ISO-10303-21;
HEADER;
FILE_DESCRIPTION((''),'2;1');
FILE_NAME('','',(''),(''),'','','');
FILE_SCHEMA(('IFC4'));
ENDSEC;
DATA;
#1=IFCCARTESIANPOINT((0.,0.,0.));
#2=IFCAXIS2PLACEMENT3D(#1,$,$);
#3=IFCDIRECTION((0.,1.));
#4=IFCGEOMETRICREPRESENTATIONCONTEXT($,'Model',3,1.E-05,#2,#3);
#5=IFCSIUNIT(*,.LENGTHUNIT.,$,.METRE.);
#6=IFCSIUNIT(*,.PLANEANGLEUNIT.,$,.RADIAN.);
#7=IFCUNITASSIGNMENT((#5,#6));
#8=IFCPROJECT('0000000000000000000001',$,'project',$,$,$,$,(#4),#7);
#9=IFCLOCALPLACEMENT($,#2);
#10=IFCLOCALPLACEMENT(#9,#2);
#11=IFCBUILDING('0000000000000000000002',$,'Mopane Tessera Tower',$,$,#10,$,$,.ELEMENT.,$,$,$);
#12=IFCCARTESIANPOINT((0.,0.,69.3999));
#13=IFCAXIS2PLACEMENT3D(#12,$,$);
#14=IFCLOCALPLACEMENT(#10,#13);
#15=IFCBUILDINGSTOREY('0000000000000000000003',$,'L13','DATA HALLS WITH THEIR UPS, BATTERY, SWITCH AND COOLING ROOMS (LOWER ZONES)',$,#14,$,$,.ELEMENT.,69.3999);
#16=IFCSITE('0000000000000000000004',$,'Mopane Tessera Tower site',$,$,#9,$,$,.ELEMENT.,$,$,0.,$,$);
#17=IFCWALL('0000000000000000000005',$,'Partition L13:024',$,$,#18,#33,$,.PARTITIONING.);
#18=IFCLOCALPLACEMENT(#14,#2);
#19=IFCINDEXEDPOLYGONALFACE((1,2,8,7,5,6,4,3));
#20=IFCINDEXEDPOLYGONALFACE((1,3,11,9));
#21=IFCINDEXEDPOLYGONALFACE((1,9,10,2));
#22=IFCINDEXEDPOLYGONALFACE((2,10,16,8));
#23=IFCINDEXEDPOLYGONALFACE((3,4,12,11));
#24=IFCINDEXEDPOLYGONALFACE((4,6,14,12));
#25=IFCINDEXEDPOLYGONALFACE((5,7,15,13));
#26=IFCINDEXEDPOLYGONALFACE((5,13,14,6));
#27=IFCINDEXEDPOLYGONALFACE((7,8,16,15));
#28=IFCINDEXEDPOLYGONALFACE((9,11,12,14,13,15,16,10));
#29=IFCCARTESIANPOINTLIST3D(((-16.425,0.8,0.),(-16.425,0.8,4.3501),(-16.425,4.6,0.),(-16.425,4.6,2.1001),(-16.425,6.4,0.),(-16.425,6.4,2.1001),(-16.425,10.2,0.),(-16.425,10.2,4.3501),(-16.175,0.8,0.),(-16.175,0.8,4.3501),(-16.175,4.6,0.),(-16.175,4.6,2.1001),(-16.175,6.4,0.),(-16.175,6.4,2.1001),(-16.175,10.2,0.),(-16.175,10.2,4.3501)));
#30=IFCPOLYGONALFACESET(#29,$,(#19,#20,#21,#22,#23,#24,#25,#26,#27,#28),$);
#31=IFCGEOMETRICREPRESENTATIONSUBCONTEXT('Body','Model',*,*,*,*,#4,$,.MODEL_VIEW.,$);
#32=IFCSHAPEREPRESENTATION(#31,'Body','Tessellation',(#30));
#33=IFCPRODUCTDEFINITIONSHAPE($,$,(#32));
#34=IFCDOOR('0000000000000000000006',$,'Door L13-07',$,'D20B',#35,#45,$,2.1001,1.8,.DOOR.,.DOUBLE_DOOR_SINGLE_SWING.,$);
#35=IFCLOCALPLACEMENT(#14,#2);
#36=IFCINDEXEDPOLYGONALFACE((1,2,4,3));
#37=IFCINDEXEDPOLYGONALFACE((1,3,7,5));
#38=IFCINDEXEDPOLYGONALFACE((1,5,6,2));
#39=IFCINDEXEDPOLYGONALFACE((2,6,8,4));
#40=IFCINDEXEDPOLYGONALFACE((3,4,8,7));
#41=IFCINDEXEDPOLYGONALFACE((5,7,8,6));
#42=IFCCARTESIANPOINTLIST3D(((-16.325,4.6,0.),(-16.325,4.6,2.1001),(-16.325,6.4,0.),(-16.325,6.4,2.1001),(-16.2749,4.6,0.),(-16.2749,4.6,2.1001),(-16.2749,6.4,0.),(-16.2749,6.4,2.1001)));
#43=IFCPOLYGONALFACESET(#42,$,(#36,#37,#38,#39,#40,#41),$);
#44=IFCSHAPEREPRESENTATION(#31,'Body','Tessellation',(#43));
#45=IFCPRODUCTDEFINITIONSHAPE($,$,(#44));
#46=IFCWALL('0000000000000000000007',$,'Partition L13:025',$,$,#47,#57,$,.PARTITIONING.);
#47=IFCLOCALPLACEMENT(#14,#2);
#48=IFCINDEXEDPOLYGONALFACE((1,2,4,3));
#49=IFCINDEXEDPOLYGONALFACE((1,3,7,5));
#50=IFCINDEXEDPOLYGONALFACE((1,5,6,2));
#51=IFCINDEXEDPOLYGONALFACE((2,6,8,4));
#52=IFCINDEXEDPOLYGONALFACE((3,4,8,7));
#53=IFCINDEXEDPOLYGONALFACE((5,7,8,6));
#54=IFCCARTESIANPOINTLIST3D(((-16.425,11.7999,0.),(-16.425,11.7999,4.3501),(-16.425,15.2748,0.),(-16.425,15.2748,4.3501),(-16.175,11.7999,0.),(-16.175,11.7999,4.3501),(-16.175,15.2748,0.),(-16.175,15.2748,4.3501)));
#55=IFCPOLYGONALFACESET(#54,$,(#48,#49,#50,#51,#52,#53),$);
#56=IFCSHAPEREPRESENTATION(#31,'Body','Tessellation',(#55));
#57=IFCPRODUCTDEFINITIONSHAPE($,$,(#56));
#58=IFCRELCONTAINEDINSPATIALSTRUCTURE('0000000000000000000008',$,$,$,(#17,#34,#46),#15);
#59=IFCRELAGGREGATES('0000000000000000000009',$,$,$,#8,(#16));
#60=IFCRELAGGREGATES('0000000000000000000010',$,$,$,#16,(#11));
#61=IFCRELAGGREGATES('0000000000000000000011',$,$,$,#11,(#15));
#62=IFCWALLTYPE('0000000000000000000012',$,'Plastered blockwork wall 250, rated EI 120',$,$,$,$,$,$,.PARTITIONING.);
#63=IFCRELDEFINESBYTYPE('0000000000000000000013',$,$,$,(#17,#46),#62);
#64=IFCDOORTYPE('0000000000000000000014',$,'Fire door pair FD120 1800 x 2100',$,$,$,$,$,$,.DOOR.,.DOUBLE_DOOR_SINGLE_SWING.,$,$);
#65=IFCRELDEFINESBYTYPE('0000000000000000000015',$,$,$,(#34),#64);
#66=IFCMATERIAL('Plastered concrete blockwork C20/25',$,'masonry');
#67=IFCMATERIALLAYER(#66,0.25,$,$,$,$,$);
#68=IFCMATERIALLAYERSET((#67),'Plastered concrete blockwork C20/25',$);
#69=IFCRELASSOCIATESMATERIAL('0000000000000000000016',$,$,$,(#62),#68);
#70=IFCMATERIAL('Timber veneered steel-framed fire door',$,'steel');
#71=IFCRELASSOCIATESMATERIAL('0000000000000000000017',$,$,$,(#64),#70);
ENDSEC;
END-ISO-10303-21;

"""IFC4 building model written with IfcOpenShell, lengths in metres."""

from ifc_helpers import new_model, si_unit, direction, frame, frame_2d, origin, place, context, subcontext, project, spatial, rectangle, extrude, material, layer, layer_set, type_object, element, fill, save


model = new_model("IFC4")

# Units and contexts
model_context = context("Model", 3, precision=1e-05, world=origin(), true_north=direction((0.0, 1.0)))
body_context = subcontext(model_context, "Body", "Model", "MODEL_VIEW")
ifc_project = project(units=[si_unit("LENGTHUNIT", "METRE"), si_unit("PLANEANGLEUNIT", "RADIAN")], contexts=[model_context])

# Site, building, storey
site_placement = place(None, origin())
site = spatial("IfcSite", under=ifc_project, at=site_placement, Name="Mopane Tessera Tower site", CompositionType="ELEMENT", RefElevation=0.0)
building_placement = place(site_placement, origin())
building = spatial("IfcBuilding", under=site, at=building_placement, Name="Mopane Tessera Tower", CompositionType="ELEMENT")
storey_placement = place(building_placement, frame((0.0, 0.0, 69.3999)))
storey = spatial("IfcBuildingStorey", under=building, at=storey_placement, Name="L13", Description="DATA HALLS WITH THEIR UPS, BATTERY, SWITCH AND COOLING ROOMS (LOWER ZONES)", CompositionType="ELEMENT", Elevation=69.3999)

# Wall, opening, door
ifc_material_1 = material(Name="Plastered concrete blockwork C20/25", Category="masonry")
ifc_layer_1 = layer(ifc_material_1, 0.25)
ifc_layer_set_1 = layer_set([ifc_layer_1], Name="Plastered concrete blockwork C20/25")
wall_type_1 = type_object("IfcWallType", Name="Plastered blockwork wall 250, rated EI 120", PredefinedType="PARTITIONING", material=ifc_layer_set_1)
wall_1_placement = place(storey_placement, frame((-16.3, 0.8, 0.0), z_axis=(0.0, 0.0, 1.0), x_axis=(0.0, 1.0, 0.0)))
wall_1 = element("IfcWall", 1, at=wall_1_placement, inside=storey, type_object=wall_type_1, Name="Partition L13:024", PredefinedType="PARTITIONING", context=body_context, shape_type="SweptSolid", body=[
    extrude(rectangle(XDim=9.3999, YDim=0.25, at=frame_2d((4.7, 0.0))), origin(), (0.0, 0.0, 1.0), 4.3501),
])
opening_1_placement = place(wall_1_placement, frame((3.8, 0.0, 0.0)))
opening_1 = element("IfcOpeningElement", 2, at=opening_1_placement, cuts=wall_1, PredefinedType="OPENING", context=body_context, shape_type="SweptSolid", body=[
    extrude(rectangle(XDim=1.8, YDim=2.1001, at=frame_2d((0.8999, 1.05))), frame((0.0, 0.137, 0.0), z_axis=(0.0, -1.0, 0.0), x_axis=(1.0, 0.0, 0.0)), (0.0, 0.0, 1.0), 0.2739),
])
ifc_material_2 = material(Name="Timber veneered steel-framed fire door", Category="steel")
door_type_1 = type_object("IfcDoorType", Name="Fire door pair FD120 1800 x 2100", OperationType="DOUBLE_DOOR_SINGLE_SWING", PredefinedType="DOOR", material=ifc_material_2)
door_1_placement = place(opening_1_placement, origin())
door_1 = element("IfcDoor", 3, at=door_1_placement, inside=storey, type_object=door_type_1, Name="Door L13-07", ObjectType="D20B", OperationType="DOUBLE_DOOR_SINGLE_SWING", OverallHeight=2.1001, OverallWidth=1.8, PredefinedType="DOOR", context=body_context, shape_type="SweptSolid", body=[
    extrude(rectangle(XDim=1.8, YDim=2.1001, at=frame_2d((0.8999, 1.05))), frame((0.0, 0.0249, 0.0), z_axis=(0.0, -1.0, 0.0), x_axis=(1.0, 0.0, 0.0)), (0.0, 0.0, 1.0), 0.05),
])
fill(opening_1, door_1)

# Wall
wall_2_placement = place(storey_placement, frame((-16.3, 11.8, 0.0), z_axis=(0.0, 0.0, 1.0), x_axis=(0.0, 1.0, 0.0)))
element("IfcWall", 4, at=wall_2_placement, inside=storey, type_object=wall_type_1, Name="Partition L13:025", PredefinedType="PARTITIONING", context=body_context, shape_type="SweptSolid", body=[
    extrude(rectangle(XDim=3.4749, YDim=0.25, at=frame_2d((1.7373, 0.0))), origin(), (0.0, 0.0, 1.0), 4.3501),
])

save(model, "model.ifc")
